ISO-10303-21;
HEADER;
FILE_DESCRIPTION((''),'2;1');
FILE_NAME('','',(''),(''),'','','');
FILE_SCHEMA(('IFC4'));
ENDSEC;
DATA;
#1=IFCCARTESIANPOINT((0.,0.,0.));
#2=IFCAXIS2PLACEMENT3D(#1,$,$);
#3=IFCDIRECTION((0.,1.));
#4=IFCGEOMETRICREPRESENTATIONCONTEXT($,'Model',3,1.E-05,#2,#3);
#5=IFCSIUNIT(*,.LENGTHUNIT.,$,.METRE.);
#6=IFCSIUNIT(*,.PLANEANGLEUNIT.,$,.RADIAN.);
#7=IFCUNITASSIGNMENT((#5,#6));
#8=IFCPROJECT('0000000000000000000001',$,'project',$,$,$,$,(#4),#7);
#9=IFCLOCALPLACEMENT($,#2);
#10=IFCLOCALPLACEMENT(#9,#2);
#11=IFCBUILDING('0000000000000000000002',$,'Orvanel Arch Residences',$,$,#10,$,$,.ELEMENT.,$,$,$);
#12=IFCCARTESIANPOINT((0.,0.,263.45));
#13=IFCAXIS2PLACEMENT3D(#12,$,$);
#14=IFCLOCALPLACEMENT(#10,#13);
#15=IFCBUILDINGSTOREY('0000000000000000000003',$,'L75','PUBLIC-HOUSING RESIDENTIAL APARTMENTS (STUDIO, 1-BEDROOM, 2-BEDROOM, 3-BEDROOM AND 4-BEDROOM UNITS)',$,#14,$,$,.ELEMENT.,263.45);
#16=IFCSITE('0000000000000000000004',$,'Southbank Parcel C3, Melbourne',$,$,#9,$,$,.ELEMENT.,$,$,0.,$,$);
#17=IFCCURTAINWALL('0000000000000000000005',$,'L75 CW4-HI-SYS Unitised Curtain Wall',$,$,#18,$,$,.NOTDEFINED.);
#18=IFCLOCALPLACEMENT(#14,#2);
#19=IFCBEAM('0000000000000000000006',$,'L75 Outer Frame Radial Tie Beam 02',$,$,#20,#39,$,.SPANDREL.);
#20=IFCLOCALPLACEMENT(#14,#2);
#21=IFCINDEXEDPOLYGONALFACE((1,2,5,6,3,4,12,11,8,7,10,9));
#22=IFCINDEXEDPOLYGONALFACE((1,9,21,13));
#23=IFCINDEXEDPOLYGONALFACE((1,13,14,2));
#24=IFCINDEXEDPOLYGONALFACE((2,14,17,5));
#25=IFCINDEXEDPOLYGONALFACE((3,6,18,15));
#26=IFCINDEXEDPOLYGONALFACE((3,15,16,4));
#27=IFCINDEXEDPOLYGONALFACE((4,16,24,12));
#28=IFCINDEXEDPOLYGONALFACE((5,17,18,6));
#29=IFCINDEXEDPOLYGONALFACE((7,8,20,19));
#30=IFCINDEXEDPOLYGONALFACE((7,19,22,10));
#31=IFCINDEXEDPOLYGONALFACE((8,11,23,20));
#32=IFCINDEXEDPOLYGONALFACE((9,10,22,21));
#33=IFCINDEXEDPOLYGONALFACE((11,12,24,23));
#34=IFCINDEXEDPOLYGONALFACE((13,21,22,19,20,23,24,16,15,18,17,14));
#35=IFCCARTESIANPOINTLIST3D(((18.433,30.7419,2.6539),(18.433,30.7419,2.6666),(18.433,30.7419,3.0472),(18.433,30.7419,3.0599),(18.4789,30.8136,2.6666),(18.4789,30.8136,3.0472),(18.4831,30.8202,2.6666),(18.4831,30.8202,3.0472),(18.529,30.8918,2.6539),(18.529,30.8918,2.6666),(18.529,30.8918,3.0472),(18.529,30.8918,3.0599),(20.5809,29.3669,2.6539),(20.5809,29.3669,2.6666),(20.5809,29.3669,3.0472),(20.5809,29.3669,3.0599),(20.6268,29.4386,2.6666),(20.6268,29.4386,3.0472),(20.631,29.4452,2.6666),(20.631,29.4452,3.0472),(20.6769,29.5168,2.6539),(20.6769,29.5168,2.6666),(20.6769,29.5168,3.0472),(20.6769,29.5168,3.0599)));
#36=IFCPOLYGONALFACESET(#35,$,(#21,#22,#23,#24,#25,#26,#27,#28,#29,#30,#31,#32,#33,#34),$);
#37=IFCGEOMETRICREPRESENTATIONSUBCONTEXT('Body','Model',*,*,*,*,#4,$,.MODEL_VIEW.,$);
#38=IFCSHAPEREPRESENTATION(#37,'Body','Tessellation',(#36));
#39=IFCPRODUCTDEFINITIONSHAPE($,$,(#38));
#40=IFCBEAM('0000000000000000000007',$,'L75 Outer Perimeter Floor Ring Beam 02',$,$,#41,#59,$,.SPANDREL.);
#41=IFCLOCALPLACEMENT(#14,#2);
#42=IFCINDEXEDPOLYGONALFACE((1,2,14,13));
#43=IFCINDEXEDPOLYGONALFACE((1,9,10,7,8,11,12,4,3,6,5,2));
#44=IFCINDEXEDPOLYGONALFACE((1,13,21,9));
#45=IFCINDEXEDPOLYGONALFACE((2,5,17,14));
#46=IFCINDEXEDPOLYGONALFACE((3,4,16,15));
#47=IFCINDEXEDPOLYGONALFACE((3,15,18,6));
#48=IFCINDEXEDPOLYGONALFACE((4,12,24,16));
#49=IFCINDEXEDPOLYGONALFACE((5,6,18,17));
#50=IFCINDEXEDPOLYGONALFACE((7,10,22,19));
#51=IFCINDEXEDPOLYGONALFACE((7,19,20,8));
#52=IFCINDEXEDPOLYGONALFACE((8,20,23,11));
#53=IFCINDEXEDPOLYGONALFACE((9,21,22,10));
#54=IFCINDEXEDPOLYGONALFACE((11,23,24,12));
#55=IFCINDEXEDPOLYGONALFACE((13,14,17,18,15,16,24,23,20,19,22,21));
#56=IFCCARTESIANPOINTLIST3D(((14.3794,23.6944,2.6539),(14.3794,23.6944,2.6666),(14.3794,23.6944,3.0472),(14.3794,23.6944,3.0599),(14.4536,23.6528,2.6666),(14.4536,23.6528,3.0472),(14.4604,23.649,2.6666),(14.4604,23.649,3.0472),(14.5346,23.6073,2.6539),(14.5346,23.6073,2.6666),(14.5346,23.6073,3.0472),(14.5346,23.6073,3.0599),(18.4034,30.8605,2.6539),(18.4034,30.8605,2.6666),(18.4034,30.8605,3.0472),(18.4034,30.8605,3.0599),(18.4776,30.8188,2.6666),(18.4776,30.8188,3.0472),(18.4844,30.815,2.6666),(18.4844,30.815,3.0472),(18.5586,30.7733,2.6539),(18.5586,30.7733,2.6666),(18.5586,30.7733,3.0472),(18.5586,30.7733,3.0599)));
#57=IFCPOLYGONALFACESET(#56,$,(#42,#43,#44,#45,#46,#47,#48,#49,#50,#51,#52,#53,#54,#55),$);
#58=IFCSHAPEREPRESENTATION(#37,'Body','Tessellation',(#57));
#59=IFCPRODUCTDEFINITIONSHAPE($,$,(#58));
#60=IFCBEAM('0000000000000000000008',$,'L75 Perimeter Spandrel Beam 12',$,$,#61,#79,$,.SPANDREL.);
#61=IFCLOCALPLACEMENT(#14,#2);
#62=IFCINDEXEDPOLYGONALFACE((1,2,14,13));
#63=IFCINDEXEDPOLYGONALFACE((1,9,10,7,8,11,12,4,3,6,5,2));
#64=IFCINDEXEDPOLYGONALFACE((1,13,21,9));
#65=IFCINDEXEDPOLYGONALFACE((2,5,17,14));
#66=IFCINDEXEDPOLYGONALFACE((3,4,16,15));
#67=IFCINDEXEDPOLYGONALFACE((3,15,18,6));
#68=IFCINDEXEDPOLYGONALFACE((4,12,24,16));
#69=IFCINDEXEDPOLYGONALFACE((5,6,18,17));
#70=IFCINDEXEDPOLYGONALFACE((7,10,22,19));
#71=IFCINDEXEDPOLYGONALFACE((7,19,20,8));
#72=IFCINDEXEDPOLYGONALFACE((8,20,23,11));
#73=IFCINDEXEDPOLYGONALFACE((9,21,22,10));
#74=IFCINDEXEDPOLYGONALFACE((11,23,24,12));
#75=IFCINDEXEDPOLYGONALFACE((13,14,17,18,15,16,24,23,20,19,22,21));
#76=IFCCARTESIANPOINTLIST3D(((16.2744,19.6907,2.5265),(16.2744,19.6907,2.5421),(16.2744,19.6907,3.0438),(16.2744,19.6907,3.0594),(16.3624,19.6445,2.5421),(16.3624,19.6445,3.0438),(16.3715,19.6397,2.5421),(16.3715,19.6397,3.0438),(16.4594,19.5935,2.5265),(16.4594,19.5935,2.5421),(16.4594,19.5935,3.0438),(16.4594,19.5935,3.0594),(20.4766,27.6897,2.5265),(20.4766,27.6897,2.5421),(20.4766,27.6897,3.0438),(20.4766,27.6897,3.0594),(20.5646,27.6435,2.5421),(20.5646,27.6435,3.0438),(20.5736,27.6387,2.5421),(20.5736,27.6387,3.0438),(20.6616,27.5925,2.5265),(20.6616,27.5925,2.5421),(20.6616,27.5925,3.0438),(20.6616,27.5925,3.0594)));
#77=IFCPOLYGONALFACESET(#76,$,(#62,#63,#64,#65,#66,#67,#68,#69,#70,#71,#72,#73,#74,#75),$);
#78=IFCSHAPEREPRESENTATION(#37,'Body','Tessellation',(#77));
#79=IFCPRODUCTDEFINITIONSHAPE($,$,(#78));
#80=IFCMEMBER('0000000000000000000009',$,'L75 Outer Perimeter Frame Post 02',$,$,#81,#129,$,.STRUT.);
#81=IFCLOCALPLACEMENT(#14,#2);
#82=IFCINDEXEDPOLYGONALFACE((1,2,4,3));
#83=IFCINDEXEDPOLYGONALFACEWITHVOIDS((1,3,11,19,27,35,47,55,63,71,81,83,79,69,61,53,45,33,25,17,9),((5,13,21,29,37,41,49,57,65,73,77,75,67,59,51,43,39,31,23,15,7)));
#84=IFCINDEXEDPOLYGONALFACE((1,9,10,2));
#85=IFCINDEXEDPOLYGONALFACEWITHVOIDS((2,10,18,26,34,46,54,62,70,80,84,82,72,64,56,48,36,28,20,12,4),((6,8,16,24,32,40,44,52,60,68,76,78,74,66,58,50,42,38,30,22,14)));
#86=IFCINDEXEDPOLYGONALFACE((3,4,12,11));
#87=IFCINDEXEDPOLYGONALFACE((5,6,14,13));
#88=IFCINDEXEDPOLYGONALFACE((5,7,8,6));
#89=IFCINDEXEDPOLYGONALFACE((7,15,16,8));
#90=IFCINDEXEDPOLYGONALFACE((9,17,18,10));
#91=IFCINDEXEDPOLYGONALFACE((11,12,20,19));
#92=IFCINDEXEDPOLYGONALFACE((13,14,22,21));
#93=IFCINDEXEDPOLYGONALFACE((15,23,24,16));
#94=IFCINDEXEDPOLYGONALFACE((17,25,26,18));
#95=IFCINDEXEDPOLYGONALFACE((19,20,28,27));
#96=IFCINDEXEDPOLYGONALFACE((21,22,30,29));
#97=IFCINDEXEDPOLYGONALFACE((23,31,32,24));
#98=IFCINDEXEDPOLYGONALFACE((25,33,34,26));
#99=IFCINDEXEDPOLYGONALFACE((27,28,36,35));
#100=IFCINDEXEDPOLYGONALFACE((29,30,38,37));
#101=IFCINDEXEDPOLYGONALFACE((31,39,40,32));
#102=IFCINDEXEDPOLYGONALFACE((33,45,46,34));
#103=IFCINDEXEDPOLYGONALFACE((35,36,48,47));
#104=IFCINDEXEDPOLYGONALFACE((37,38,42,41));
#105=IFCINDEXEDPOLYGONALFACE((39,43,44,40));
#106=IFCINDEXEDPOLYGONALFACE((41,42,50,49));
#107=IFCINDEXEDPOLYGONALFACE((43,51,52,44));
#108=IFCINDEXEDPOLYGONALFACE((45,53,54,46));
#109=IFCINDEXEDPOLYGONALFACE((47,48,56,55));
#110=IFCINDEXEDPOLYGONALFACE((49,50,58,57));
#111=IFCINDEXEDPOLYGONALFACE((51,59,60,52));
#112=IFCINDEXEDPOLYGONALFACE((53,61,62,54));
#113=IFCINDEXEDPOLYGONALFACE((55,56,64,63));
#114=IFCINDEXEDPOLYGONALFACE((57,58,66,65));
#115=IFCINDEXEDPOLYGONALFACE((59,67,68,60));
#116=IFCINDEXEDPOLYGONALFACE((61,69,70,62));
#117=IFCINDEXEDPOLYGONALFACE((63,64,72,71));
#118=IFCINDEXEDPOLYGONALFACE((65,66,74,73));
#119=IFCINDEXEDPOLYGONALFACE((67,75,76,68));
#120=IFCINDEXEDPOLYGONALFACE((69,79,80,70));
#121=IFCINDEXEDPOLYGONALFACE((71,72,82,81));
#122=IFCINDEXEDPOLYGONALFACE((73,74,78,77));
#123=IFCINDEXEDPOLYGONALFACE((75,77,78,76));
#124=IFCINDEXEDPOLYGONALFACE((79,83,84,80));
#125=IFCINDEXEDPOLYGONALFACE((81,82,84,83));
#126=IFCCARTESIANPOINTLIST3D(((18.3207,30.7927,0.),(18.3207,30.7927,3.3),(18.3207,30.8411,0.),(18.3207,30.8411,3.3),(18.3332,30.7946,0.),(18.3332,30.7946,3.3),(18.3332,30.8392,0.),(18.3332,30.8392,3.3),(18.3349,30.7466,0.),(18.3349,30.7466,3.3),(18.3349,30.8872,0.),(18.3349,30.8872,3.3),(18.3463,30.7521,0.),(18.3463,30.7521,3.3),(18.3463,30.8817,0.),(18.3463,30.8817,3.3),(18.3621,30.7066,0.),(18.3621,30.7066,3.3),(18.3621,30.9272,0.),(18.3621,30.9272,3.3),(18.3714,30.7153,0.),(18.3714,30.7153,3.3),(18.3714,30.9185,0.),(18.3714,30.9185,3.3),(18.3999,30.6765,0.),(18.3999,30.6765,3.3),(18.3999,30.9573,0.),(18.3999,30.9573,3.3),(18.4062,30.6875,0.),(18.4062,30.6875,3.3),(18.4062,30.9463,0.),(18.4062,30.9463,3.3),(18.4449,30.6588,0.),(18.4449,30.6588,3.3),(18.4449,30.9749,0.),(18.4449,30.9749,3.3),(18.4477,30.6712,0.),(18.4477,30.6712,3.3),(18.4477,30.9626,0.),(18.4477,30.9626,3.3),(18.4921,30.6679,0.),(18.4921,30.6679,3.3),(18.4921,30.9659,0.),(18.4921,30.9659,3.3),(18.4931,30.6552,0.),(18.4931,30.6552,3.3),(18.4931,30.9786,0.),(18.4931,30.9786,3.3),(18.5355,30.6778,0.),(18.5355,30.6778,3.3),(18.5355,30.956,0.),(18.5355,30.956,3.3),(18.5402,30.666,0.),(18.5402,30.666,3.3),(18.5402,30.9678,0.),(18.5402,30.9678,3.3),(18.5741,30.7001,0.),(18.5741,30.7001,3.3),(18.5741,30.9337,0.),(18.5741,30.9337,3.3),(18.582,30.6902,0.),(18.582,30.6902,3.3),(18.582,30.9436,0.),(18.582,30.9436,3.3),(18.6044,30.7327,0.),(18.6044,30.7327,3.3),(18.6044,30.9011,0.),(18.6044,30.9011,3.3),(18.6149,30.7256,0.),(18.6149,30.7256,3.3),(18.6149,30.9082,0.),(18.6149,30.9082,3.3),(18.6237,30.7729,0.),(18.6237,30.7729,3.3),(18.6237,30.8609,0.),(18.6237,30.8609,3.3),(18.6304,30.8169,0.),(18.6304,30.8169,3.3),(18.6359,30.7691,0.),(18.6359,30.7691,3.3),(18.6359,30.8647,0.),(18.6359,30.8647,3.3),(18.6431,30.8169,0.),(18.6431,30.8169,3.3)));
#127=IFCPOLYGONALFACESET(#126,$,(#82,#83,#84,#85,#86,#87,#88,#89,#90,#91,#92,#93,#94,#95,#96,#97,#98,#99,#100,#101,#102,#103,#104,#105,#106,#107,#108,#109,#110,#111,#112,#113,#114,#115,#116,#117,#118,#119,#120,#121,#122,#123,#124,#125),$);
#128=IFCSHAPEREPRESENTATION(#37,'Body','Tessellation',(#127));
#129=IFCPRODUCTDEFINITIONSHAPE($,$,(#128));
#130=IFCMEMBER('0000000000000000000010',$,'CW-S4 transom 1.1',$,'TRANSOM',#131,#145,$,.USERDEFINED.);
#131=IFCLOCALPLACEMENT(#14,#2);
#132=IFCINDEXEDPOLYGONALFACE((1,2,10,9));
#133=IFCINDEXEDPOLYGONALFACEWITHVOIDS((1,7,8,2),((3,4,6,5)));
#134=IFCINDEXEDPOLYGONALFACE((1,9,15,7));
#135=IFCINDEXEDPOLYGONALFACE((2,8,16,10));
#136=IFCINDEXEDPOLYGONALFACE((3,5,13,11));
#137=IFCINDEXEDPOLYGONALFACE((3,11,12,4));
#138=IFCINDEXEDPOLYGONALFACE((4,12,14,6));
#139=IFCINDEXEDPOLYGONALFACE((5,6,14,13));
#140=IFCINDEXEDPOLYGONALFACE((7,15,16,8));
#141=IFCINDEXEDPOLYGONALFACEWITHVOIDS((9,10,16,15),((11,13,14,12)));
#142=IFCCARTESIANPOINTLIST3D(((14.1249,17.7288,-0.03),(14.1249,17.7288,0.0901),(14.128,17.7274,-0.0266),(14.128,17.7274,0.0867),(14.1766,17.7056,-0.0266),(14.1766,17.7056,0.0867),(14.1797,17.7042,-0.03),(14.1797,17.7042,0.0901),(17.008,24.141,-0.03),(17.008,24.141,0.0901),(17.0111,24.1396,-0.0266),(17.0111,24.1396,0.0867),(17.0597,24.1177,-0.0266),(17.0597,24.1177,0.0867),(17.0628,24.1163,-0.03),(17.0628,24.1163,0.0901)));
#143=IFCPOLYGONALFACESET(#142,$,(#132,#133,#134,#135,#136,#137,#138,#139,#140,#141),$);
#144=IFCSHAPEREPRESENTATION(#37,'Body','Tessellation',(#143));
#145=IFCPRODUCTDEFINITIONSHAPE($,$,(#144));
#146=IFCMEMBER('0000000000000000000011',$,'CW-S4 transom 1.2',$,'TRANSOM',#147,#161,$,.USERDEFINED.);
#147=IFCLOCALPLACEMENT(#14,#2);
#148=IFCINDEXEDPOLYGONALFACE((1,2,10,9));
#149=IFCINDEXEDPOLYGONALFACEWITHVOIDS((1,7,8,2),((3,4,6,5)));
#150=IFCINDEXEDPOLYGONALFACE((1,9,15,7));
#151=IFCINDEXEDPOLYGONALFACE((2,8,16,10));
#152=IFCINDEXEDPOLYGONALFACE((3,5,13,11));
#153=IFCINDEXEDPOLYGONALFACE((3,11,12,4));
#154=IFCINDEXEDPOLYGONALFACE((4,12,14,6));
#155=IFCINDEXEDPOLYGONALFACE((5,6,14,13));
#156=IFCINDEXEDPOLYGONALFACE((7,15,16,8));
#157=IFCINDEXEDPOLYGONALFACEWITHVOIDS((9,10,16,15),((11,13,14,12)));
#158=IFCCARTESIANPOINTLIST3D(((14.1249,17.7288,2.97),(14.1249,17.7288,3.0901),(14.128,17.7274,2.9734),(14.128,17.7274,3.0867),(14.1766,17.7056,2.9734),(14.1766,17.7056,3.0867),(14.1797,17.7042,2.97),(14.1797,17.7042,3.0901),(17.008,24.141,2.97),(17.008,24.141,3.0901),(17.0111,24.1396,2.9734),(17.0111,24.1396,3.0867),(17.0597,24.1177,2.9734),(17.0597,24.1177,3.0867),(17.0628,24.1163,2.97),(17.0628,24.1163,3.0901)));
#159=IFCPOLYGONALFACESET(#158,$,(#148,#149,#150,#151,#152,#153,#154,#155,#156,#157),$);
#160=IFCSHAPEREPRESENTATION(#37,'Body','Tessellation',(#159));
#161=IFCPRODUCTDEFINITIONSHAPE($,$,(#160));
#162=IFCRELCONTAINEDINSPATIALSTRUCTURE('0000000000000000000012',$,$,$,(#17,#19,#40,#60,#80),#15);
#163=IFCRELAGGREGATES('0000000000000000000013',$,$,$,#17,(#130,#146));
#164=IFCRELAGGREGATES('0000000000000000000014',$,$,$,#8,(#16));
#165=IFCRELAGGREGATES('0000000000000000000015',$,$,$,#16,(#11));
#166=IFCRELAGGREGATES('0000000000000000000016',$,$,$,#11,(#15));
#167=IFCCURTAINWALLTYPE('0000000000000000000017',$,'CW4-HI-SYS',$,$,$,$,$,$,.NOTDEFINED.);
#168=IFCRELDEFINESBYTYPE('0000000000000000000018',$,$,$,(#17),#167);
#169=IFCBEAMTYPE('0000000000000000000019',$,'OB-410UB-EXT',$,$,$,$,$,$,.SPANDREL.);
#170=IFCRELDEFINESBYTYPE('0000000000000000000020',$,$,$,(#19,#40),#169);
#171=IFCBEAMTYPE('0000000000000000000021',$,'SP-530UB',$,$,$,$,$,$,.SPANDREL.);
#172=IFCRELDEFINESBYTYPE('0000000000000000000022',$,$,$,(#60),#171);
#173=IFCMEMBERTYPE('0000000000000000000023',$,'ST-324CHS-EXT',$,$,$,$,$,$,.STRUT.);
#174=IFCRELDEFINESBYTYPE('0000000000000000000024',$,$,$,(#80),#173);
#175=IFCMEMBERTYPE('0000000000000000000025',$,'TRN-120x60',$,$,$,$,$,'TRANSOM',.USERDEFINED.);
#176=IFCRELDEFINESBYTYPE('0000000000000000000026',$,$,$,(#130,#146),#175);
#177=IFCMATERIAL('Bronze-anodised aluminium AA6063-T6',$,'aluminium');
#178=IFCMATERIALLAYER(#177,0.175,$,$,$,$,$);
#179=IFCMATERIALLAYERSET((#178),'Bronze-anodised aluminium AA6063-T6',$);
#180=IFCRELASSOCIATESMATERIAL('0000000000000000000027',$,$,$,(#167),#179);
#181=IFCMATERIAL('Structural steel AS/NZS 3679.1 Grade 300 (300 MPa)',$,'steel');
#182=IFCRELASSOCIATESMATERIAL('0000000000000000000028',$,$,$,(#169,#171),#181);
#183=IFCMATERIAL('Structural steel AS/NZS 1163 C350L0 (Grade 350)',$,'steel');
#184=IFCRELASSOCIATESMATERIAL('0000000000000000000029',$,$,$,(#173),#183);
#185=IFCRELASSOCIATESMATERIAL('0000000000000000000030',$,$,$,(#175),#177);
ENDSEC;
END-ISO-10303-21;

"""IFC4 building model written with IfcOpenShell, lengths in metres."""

from ifc_helpers import new_model, si_unit, direction, frame, origin, origin_2d, place, context, subcontext, project, spatial, hollow_rectangle, hollow_circle, i_section, extrude, material, layer, layer_set, material_profile, profile_set, type_object, element, aggregate, save


model = new_model("IFC4")

# Units and contexts
model_context = context("Model", 3, precision=1e-05, world=origin(), true_north=direction((0.0, 1.0)))
body_context = subcontext(model_context, "Body", "Model", "MODEL_VIEW")
ifc_project = project(units=[si_unit("LENGTHUNIT", "METRE"), si_unit("PLANEANGLEUNIT", "RADIAN")], contexts=[model_context])

# Site, building, storey
site_placement = place(None, origin())
site = spatial("IfcSite", under=ifc_project, at=site_placement, Name="Southbank Parcel C3, Melbourne", CompositionType="ELEMENT", RefElevation=0.0)
building_placement = place(site_placement, origin())
building = spatial("IfcBuilding", under=site, at=building_placement, Name="Orvanel Arch Residences", CompositionType="ELEMENT")
storey_placement = place(building_placement, frame((0.0, 0.0, 263.45)))
storey = spatial("IfcBuildingStorey", under=building, at=storey_placement, Name="L75", Description="PUBLIC-HOUSING RESIDENTIAL APARTMENTS (STUDIO, 1-BEDROOM, 2-BEDROOM, 3-BEDROOM AND 4-BEDROOM UNITS)", CompositionType="ELEMENT", Elevation=263.45)

# Shared definitions
ifc_material_1 = material(Name="Structural steel AS/NZS 1163 C350L0 (Grade 350)", Category="steel")

# Shared definitions
ifc_material_2 = material(Name="Structural steel AS/NZS 3679.1 Grade 300 (300 MPa)", Category="steel")

# Curtain wall
ifc_material_3 = material(Name="Bronze-anodised aluminium AA6063-T6", Category="aluminium")
ifc_layer_1 = layer(ifc_material_3, 0.175)
ifc_layer_set_1 = layer_set([ifc_layer_1], Name="Bronze-anodised aluminium AA6063-T6")
curtain_wall_type = type_object("IfcCurtainWallType", Name="CW4-HI-SYS", PredefinedType="NOTDEFINED", material=ifc_layer_set_1)
curtain_wall_1_placement = place(storey_placement, origin())
curtain_wall_1 = element("IfcCurtainWall", 1, at=curtain_wall_1_placement, inside=storey, type_object=curtain_wall_type, Name="L75 CW4-HI-SYS Unitised Curtain Wall", PredefinedType="NOTDEFINED")

# Beams
ifc_material_profile_1 = material_profile(ifc_material_2, i_section(OverallWidth=0.178, OverallDepth=0.406, WebThickness=0.0078, FlangeThickness=0.0127, at=origin_2d()), Name="410UB59.7")
ifc_profile_set_1 = profile_set([ifc_material_profile_1], Name="Structural steel AS/NZS 3679.1 Grade 300 (300 MPa)")
beam_type_1 = type_object("IfcBeamType", Name="OB-410UB-EXT", PredefinedType="SPANDREL", material=ifc_profile_set_1)
beam_1_placement = place(storey_placement, frame((20.6289, 29.4419, 2.8569), z_axis=(-0.842216, 0.539141, 0.0), x_axis=(-0.539141, -0.842216, 0.0)))
element("IfcBeam", 2, at=beam_1_placement, inside=storey, type_object=beam_type_1, Name="L75 Outer Frame Radial Tie Beam 02", PredefinedType="SPANDREL", context=body_context, shape_type="SweptSolid", body=[
    extrude(i_section(OverallWidth=0.178, OverallDepth=0.406, WebThickness=0.0078, FlangeThickness=0.0127, at=origin_2d()), origin(), (0.0, 0.0, 1.0), 2.5503),
])
beam_2_placement = place(storey_placement, frame((18.481, 30.8169, 2.8569), z_axis=(-0.489618, -0.871937, 0.0), x_axis=(0.871937, -0.489618, 0.0)))
element("IfcBeam", 3, at=beam_2_placement, inside=storey, type_object=beam_type_1, Name="L75 Outer Perimeter Floor Ring Beam 02", PredefinedType="SPANDREL", context=body_context, shape_type="SweptSolid", body=[
    extrude(i_section(OverallWidth=0.178, OverallDepth=0.406, WebThickness=0.0078, FlangeThickness=0.0127, at=origin_2d()), origin(), (0.0, 0.0, 1.0), 8.2185),
])
ifc_material_profile_2 = material_profile(ifc_material_2, i_section(OverallWidth=0.209, OverallDepth=0.533, WebThickness=0.0103, FlangeThickness=0.0156, at=origin_2d()), Name="530UB92.4")
ifc_profile_set_2 = profile_set([ifc_material_profile_2], Name="Structural steel AS/NZS 3679.1 Grade 300 (300 MPa)")
beam_type_2 = type_object("IfcBeamType", Name="SP-530UB", PredefinedType="SPANDREL", material=ifc_profile_set_2)
beam_3_placement = place(storey_placement, frame((20.5691, 27.6411, 2.793), z_axis=(-0.465065, -0.885277, 0.0), x_axis=(0.885277, -0.465065, 0.0)))
element("IfcBeam", 4, at=beam_3_placement, inside=storey, type_object=beam_type_2, Name="L75 Perimeter Spandrel Beam 12", PredefinedType="SPANDREL", context=body_context, shape_type="SweptSolid", body=[
    extrude(i_section(OverallWidth=0.209, OverallDepth=0.533, WebThickness=0.0103, FlangeThickness=0.0156, at=origin_2d()), origin(), (0.0, 0.0, 1.0), 9.0356),
])

# Members
ifc_material_profile_3 = material_profile(ifc_material_1, hollow_circle(Radius=0.1621, WallThickness=0.0127, at=origin_2d()), Name="CHS324x12.7")
ifc_profile_set_3 = profile_set([ifc_material_profile_3], Name="Structural steel AS/NZS 1163 C350L0 (Grade 350)")
member_type_1 = type_object("IfcMemberType", Name="ST-324CHS-EXT", PredefinedType="STRUT", material=ifc_profile_set_3)
member_1_placement = place(storey_placement, frame((18.481, 30.8169, 0.0), z_axis=(0.0, 0.0, 1.0), x_axis=(1.0, 0.0, 0.0)))
element("IfcMember", 5, at=member_1_placement, inside=storey, type_object=member_type_1, Name="L75 Outer Perimeter Frame Post 02", PredefinedType="STRUT", context=body_context, shape_type="SweptSolid", body=[
    extrude(hollow_circle(Radius=0.1621, WallThickness=0.0127, at=origin_2d()), origin(), (0.0, 0.0, 1.0), 3.3),
])
ifc_material_profile_4 = material_profile(ifc_material_3, hollow_rectangle(XDim=0.0601, YDim=0.1201, WallThickness=0.0034, at=origin_2d()), Name="ALU120x60x3.5")
ifc_profile_set_4 = profile_set([ifc_material_profile_4], Name="Bronze-anodised aluminium AA6063-T6")
member_type_2 = type_object("IfcMemberType", Name="TRN-120x60", ElementType="TRANSOM", PredefinedType="USERDEFINED", material=ifc_profile_set_4)
member_2_placement = place(storey_placement, frame((17.0354, 24.1287, 0.03), z_axis=(-0.410082, -0.912049, 0.0), x_axis=(0.912049, -0.410082, 0.0)))
member_2 = element("IfcMember", 6, at=member_2_placement, type_object=member_type_2, Name="CW-S4 transom 1.1", ObjectType="TRANSOM", PredefinedType="USERDEFINED", context=body_context, shape_type="SweptSolid", body=[
    extrude(hollow_rectangle(XDim=0.0601, YDim=0.1201, WallThickness=0.0034, at=origin_2d()), origin(), (0.0, 0.0, 1.0), 7.0305),
])
member_3_placement = place(storey_placement, frame((17.0354, 24.1287, 3.03), z_axis=(-0.410082, -0.912049, 0.0), x_axis=(0.912049, -0.410082, 0.0)))
member_3 = element("IfcMember", 7, at=member_3_placement, type_object=member_type_2, Name="CW-S4 transom 1.2", ObjectType="TRANSOM", PredefinedType="USERDEFINED", context=body_context, shape_type="SweptSolid", body=[
    extrude(hollow_rectangle(XDim=0.0601, YDim=0.1201, WallThickness=0.0034, at=origin_2d()), origin(), (0.0, 0.0, 1.0), 7.0305),
])
aggregate(curtain_wall_1, [member_2, member_3])

save(model, "model.ifc")
